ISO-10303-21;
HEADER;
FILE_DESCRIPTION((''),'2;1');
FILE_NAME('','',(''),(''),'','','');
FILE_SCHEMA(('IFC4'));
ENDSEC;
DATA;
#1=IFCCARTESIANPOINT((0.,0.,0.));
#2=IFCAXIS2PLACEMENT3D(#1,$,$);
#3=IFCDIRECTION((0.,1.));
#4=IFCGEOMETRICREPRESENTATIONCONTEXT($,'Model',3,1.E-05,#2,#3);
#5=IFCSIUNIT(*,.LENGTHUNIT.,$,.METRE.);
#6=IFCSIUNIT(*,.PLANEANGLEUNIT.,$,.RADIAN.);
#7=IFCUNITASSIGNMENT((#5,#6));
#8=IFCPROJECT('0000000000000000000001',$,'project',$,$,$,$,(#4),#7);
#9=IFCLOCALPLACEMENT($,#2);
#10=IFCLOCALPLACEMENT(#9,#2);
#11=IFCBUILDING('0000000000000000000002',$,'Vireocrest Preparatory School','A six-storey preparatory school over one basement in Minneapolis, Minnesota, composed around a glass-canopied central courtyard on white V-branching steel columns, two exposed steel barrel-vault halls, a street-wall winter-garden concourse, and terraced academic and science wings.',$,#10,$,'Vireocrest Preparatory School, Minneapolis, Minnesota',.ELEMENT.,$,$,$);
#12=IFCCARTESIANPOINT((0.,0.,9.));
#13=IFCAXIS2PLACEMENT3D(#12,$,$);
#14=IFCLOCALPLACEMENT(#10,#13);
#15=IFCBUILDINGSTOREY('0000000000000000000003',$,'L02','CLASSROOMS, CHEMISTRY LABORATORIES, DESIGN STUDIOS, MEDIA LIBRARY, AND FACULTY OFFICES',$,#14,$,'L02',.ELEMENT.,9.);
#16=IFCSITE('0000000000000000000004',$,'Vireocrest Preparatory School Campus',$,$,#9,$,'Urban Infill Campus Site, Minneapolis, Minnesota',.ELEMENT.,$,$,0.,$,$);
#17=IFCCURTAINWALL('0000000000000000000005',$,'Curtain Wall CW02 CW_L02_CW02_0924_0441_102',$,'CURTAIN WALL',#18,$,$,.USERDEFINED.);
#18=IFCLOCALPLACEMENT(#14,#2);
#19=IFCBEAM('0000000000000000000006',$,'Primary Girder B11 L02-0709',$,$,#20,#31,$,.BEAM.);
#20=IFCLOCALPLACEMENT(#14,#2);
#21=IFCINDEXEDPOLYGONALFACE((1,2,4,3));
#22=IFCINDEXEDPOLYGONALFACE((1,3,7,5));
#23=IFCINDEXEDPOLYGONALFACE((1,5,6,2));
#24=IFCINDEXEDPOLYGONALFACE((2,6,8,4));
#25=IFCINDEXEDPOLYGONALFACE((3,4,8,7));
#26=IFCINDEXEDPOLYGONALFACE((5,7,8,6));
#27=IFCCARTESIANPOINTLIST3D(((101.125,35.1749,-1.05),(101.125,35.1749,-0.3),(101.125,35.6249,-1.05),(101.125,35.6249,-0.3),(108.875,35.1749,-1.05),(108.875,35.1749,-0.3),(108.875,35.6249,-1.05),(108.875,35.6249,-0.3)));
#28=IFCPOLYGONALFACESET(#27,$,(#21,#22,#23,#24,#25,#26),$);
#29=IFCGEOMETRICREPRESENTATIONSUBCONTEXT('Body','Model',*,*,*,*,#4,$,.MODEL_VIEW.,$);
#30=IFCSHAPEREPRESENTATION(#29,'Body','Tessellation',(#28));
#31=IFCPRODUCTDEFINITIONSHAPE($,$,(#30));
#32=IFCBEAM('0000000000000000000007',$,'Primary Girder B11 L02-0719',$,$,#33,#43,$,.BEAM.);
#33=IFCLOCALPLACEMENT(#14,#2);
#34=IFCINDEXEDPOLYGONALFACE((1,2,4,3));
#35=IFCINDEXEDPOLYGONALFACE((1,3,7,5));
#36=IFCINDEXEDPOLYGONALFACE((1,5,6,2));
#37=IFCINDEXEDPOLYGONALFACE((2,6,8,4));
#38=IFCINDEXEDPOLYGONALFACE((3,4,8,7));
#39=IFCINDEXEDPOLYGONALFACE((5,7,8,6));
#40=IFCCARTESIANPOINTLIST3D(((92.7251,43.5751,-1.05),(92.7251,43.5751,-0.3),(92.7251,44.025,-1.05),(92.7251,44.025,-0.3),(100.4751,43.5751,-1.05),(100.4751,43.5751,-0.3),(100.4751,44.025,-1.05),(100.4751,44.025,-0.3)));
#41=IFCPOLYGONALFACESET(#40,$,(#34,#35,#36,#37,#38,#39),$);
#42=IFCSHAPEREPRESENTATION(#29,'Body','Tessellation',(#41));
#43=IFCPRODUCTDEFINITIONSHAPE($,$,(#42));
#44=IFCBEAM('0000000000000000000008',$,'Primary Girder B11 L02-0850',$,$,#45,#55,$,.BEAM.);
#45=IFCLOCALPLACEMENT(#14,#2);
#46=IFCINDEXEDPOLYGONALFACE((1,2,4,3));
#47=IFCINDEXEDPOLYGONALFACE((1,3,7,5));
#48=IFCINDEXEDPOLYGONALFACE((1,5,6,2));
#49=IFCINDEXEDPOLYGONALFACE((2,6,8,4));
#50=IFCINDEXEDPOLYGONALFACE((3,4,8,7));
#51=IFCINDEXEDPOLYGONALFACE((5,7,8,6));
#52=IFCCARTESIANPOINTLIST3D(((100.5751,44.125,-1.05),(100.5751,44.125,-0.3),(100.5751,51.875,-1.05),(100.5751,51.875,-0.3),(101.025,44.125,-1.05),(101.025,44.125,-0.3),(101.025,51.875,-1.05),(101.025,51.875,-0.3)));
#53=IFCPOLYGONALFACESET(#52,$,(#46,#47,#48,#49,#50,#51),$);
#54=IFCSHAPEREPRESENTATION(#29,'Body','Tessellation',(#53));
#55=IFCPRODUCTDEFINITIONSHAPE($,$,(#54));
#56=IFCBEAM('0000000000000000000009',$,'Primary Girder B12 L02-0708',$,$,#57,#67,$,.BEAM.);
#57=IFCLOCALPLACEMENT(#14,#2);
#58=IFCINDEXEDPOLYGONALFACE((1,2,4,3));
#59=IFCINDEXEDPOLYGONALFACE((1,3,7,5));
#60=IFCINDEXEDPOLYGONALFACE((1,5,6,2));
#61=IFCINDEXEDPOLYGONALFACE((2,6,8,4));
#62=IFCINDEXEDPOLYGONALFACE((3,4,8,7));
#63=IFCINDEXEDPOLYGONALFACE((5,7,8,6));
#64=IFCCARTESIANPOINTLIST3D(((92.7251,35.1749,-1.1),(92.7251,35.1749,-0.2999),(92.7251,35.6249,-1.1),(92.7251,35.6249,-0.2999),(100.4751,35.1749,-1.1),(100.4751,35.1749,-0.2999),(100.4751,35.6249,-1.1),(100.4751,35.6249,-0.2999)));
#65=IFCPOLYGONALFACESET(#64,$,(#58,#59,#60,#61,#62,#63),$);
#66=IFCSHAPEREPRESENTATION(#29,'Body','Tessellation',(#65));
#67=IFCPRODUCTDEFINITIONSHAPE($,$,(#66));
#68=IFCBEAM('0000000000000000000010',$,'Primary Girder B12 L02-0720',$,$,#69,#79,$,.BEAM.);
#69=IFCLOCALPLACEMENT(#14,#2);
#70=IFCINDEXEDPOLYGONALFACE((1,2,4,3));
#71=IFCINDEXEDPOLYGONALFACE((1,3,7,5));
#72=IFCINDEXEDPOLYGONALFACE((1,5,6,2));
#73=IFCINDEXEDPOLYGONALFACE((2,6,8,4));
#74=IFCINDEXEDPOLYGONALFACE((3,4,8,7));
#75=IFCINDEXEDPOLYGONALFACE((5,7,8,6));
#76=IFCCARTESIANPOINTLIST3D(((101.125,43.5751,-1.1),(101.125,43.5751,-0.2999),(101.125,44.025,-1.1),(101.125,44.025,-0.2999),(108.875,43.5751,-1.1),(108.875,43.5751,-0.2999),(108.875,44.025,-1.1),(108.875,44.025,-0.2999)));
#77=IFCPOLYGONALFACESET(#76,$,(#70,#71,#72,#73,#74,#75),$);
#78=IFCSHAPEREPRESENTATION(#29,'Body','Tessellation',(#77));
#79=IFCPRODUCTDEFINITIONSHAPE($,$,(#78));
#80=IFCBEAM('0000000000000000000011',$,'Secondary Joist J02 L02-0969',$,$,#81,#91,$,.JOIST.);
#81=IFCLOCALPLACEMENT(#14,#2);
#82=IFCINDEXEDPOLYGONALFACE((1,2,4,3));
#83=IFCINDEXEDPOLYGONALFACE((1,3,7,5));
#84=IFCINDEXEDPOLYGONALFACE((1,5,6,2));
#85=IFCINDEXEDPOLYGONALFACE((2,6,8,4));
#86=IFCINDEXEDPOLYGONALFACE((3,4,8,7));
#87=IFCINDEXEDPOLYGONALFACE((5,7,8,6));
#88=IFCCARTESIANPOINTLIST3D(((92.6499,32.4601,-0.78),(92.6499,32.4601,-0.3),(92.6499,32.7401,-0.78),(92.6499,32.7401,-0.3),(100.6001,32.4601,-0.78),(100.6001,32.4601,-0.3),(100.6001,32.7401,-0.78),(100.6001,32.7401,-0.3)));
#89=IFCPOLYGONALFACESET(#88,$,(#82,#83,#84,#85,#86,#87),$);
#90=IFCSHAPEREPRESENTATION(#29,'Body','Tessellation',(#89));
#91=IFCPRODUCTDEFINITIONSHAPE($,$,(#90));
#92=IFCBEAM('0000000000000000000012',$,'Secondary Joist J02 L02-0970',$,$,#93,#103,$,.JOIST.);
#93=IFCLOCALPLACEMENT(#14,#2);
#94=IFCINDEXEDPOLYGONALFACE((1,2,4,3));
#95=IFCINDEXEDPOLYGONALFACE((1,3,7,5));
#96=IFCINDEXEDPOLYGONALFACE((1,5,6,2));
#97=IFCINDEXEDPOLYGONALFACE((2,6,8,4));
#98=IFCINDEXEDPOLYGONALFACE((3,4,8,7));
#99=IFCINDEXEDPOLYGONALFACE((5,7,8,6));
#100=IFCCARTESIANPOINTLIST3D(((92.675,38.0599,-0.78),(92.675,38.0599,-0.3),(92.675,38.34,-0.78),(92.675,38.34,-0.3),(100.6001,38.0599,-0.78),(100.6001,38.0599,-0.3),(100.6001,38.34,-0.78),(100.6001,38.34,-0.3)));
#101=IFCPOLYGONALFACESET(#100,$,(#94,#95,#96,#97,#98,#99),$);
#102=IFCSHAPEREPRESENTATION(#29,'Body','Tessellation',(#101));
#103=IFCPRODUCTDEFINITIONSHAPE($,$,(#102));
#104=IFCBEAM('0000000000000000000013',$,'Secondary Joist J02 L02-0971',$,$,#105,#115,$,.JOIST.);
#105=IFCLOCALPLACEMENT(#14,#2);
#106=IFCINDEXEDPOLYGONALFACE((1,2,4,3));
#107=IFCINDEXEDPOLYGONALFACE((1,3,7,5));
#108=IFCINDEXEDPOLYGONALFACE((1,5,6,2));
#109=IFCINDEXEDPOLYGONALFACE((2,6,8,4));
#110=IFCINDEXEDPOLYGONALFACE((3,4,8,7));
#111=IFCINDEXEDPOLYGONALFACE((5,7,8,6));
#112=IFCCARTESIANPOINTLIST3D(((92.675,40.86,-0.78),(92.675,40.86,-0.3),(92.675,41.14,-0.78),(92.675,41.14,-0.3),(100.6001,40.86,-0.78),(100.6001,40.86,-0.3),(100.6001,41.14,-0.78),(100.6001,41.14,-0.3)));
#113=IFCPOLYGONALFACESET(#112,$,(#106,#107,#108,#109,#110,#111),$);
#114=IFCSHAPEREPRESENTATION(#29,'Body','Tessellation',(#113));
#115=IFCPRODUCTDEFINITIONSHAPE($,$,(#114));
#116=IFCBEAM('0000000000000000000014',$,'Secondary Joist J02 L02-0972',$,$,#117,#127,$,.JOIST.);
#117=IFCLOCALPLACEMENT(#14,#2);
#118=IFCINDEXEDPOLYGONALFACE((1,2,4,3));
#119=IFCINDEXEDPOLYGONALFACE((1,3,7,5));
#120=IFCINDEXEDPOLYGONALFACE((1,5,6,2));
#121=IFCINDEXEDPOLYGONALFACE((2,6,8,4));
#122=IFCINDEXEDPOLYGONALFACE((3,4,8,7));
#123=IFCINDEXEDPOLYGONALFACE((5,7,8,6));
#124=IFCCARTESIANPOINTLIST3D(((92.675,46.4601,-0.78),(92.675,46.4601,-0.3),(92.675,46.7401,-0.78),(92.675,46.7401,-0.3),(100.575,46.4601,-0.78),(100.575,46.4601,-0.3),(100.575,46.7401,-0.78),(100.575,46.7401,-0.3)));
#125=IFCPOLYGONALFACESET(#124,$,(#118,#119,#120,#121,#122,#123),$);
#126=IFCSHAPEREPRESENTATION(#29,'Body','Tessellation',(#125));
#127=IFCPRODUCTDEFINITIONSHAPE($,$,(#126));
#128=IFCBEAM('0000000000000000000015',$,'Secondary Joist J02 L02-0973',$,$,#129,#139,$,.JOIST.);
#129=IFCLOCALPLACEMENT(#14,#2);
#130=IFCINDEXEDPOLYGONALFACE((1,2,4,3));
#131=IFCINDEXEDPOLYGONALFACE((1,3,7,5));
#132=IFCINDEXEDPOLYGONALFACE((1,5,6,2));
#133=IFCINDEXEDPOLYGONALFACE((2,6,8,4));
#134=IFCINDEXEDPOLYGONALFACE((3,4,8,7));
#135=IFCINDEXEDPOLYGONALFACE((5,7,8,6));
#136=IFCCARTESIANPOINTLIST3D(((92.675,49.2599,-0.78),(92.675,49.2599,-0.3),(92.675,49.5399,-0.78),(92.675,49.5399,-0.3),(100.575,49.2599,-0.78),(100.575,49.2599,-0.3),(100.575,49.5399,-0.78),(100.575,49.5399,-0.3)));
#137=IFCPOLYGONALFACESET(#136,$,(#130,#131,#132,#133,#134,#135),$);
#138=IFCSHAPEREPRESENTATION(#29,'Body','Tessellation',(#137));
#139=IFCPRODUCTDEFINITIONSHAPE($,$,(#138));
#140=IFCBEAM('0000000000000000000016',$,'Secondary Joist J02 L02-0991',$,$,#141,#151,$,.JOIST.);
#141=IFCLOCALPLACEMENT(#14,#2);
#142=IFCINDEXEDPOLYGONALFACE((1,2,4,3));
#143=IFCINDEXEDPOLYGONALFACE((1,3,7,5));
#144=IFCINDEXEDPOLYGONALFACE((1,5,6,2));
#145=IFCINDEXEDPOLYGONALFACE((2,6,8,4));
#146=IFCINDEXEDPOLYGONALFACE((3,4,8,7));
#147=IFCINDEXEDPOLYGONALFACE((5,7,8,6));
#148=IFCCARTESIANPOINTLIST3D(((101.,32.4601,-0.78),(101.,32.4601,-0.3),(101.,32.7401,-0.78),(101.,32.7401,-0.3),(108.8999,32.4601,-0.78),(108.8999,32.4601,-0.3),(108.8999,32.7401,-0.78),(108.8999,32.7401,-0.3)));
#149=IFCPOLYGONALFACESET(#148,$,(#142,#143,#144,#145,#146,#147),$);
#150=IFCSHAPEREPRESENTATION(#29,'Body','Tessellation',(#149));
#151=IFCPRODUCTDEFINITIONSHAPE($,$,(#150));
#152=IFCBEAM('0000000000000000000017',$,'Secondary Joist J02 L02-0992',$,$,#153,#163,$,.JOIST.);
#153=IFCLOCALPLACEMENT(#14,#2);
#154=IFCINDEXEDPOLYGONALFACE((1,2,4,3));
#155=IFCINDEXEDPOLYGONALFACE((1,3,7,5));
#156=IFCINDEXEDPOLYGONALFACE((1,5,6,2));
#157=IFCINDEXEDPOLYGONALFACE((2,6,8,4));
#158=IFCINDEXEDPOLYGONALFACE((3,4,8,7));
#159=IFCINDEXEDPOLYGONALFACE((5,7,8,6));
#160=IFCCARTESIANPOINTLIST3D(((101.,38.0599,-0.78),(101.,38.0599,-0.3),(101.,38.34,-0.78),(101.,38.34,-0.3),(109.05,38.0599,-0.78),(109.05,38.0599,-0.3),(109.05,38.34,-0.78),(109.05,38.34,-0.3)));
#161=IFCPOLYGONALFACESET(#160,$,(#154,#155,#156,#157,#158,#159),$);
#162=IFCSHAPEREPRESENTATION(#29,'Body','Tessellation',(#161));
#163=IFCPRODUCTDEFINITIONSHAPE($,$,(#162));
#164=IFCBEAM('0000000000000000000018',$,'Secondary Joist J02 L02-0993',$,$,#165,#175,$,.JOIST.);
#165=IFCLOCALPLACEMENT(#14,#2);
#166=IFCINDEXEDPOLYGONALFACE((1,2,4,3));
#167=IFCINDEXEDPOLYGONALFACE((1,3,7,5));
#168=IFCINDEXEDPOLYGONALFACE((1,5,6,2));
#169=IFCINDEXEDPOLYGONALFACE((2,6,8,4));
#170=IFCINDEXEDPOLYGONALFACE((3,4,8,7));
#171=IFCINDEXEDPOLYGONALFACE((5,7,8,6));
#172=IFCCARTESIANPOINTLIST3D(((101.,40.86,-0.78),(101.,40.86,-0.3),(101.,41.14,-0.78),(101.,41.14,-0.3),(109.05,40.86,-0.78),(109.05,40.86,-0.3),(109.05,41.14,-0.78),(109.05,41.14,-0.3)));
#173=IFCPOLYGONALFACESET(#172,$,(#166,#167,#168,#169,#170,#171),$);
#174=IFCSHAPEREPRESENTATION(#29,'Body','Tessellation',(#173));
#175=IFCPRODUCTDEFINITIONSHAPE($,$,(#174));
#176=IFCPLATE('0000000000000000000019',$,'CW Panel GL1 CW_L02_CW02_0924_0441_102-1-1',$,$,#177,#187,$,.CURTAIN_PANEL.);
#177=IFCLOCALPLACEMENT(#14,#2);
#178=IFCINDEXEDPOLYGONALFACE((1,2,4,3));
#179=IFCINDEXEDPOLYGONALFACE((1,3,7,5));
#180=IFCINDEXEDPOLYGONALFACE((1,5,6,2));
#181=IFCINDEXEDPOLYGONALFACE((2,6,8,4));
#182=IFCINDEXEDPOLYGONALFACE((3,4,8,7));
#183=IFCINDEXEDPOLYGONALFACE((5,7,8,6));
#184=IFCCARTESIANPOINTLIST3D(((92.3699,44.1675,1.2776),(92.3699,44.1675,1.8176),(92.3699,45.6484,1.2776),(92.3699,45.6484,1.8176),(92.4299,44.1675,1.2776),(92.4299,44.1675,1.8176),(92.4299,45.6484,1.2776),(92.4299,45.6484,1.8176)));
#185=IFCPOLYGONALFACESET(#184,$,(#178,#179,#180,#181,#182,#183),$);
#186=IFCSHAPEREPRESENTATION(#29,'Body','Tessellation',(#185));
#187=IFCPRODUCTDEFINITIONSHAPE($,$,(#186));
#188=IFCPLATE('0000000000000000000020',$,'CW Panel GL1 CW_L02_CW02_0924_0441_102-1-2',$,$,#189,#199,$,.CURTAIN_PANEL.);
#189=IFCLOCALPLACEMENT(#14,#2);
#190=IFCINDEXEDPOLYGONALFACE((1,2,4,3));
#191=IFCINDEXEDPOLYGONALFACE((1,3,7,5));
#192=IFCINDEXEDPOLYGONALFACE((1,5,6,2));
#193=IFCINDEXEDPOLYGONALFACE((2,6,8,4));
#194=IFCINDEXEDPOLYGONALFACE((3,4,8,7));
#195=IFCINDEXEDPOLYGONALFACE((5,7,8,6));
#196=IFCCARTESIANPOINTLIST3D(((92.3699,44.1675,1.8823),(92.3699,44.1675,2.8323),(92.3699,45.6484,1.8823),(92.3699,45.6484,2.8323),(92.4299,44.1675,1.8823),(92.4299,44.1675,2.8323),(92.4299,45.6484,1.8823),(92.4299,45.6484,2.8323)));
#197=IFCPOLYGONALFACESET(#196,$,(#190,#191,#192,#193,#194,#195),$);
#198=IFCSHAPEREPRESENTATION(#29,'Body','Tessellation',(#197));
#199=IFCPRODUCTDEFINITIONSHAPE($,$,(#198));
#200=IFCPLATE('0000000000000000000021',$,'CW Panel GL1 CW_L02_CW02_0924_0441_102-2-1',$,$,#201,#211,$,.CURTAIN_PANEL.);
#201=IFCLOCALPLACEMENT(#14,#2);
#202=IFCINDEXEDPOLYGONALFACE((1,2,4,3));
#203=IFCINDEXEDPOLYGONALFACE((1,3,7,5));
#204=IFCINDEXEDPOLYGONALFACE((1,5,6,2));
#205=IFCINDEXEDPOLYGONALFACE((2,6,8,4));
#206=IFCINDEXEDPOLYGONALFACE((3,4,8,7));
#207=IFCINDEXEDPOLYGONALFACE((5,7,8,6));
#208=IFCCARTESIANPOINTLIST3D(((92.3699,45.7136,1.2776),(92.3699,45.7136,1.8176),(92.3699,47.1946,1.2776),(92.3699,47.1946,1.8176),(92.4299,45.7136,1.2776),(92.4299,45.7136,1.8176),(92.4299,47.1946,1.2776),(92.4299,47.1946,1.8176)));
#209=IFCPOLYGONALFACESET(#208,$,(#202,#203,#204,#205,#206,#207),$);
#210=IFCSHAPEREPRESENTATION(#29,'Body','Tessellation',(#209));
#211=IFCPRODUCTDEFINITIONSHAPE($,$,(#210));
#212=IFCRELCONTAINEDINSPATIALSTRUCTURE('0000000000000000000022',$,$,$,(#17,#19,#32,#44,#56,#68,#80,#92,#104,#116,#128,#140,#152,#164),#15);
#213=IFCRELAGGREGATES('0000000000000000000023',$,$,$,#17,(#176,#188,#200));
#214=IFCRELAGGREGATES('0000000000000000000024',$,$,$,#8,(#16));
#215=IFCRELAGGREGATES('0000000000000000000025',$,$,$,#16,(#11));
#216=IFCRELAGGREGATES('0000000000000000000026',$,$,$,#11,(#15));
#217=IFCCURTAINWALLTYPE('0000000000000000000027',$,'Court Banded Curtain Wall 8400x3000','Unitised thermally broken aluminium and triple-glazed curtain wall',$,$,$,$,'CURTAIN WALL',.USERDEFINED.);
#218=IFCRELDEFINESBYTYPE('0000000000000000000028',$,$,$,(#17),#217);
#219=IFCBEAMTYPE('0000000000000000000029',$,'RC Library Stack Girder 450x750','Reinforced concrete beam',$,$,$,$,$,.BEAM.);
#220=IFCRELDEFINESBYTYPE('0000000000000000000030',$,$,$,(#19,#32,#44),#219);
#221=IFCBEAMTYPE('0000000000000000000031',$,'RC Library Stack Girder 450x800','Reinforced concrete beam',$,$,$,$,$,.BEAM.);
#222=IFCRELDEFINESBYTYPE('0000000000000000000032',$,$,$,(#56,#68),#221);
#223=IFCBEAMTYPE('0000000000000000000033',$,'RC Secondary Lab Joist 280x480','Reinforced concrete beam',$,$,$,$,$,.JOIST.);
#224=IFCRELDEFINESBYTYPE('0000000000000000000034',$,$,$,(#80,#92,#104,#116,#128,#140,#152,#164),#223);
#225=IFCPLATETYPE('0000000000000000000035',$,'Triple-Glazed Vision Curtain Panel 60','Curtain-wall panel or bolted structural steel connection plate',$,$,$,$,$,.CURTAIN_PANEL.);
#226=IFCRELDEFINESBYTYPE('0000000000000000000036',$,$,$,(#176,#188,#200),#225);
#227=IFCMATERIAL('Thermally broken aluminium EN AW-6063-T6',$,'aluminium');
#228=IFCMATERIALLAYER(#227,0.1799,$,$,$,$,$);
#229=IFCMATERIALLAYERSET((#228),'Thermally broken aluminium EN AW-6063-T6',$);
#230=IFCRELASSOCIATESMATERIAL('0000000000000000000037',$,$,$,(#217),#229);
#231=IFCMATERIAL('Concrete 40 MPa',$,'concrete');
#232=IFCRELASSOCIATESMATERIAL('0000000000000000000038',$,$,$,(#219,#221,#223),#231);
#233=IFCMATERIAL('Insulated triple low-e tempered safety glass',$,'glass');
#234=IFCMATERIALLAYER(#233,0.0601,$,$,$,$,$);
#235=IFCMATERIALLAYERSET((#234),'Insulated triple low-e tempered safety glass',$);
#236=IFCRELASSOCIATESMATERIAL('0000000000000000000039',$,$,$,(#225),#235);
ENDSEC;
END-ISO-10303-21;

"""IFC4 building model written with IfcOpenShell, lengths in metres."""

from ifc_helpers import new_model, si_unit, direction, frame, origin, origin_2d, place, context, subcontext, project, spatial, rectangle, extrude, material, layer, layer_set, material_profile, profile_set, type_object, element, aggregate, save


model = new_model("IFC4")

# Units and contexts
model_context = context("Model", 3, precision=1e-05, world=origin(), true_north=direction((0.0, 1.0)))
body_context = subcontext(model_context, "Body", "Model", "MODEL_VIEW")
ifc_project = project(units=[si_unit("LENGTHUNIT", "METRE"), si_unit("PLANEANGLEUNIT", "RADIAN")], contexts=[model_context])

# Site, building, storey
site_placement = place(None, origin())
site = spatial("IfcSite", under=ifc_project, at=site_placement, Name="Vireocrest Preparatory School Campus", LongName="Urban Infill Campus Site, Minneapolis, Minnesota", CompositionType="ELEMENT", RefElevation=0.0)
building_placement = place(site_placement, origin())
building = spatial("IfcBuilding", under=site, at=building_placement, Name="Vireocrest Preparatory School", Description="A six-storey preparatory school over one basement in Minneapolis, Minnesota, composed around a glass-canopied central courtyard on white V-branching steel columns, two exposed steel barrel-vault halls, a street-wall winter-garden concourse, and terraced academic and science wings.", LongName="Vireocrest Preparatory School, Minneapolis, Minnesota", CompositionType="ELEMENT")
storey_placement = place(building_placement, frame((0.0, 0.0, 9.0)))
storey = spatial("IfcBuildingStorey", under=building, at=storey_placement, Name="L02", Description="CLASSROOMS, CHEMISTRY LABORATORIES, DESIGN STUDIOS, MEDIA LIBRARY, AND FACULTY OFFICES", LongName="L02", CompositionType="ELEMENT", Elevation=9.0)

# Curtain wall
ifc_material_1 = material(Name="Thermally broken aluminium EN AW-6063-T6", Category="aluminium")
ifc_layer_1 = layer(ifc_material_1, 0.1799)
ifc_layer_set_1 = layer_set([ifc_layer_1], Name="Thermally broken aluminium EN AW-6063-T6")
curtain_wall_type = type_object("IfcCurtainWallType", Name="Court Banded Curtain Wall 8400x3000", Description="Unitised thermally broken aluminium and triple-glazed curtain wall", ElementType="CURTAIN WALL", PredefinedType="USERDEFINED", material=ifc_layer_set_1)
curtain_wall_placement = place(storey_placement, origin())
curtain_wall = element("IfcCurtainWall", 1, at=curtain_wall_placement, inside=storey, type_object=curtain_wall_type, Name="Curtain Wall CW02 CW_L02_CW02_0924_0441_102", ObjectType="CURTAIN WALL", PredefinedType="USERDEFINED")

# Beams
ifc_material_2 = material(Name="Concrete 40 MPa", Category="concrete")
ifc_material_profile_1 = material_profile(ifc_material_2, rectangle(XDim=0.45, YDim=0.75, at=origin_2d()), Name="RC 450x750")
ifc_profile_set_1 = profile_set([ifc_material_profile_1], Name="Concrete 40 MPa")
beam_type_1 = type_object("IfcBeamType", Name="RC Library Stack Girder 450x750", Description="Reinforced concrete beam", PredefinedType="BEAM", material=ifc_profile_set_1)
for number, where, z_axis, x_axis, name in (
    (2, (101.125, 35.3999, -0.675), (1.0, 0.0, 0.0), (0.0, 1.0, 0.0), "Primary Girder B11 L02-0709"),
    (3, (92.7251, 43.8, -0.675), (1.0, 0.0, 0.0), (0.0, 1.0, 0.0), "Primary Girder B11 L02-0719"),
    (4, (100.8, 44.125, -0.675), (0.0, 1.0, 0.0), (-1.0, 0.0, 0.0), "Primary Girder B11 L02-0850"),
):
    element("IfcBeam", number, at=place(storey_placement, frame(where, z_axis=z_axis, x_axis=x_axis)), inside=storey, type_object=beam_type_1, Name=name, PredefinedType="BEAM", context=body_context, shape_type="SweptSolid", body=[
        extrude(rectangle(XDim=0.45, YDim=0.75, at=origin_2d()), origin(), (0.0, 0.0, 1.0), 7.75),
    ])
ifc_material_profile_2 = material_profile(ifc_material_2, rectangle(XDim=0.45, YDim=0.8, at=origin_2d()), Name="RC 450x800")
ifc_profile_set_2 = profile_set([ifc_material_profile_2], Name="Concrete 40 MPa")
beam_type_2 = type_object("IfcBeamType", Name="RC Library Stack Girder 450x800", Description="Reinforced concrete beam", PredefinedType="BEAM", material=ifc_profile_set_2)
for number, where, z_axis, x_axis, name in (
    (5, (92.7251, 35.3999, -0.7), (1.0, 0.0, 0.0), (0.0, 1.0, 0.0), "Primary Girder B12 L02-0708"),
    (6, (101.125, 43.8, -0.7), (1.0, 0.0, 0.0), (0.0, 1.0, 0.0), "Primary Girder B12 L02-0720"),
):
    element("IfcBeam", number, at=place(storey_placement, frame(where, z_axis=z_axis, x_axis=x_axis)), inside=storey, type_object=beam_type_2, Name=name, PredefinedType="BEAM", context=body_context, shape_type="SweptSolid", body=[
        extrude(rectangle(XDim=0.45, YDim=0.8, at=origin_2d()), origin(), (0.0, 0.0, 1.0), 7.75),
    ])
ifc_material_profile_3 = material_profile(ifc_material_2, rectangle(XDim=0.28, YDim=0.48, at=origin_2d()), Name="RC 280x480")
ifc_profile_set_3 = profile_set([ifc_material_profile_3], Name="Concrete 40 MPa")
beam_type_3 = type_object("IfcBeamType", Name="RC Secondary Lab Joist 280x480", Description="Reinforced concrete beam", PredefinedType="JOIST", material=ifc_profile_set_3)
beam_1_placement = place(storey_placement, frame((92.6499, 32.6001, -0.54), z_axis=(1.0, 0.0, 0.0), x_axis=(0.0, 1.0, 0.0)))
element("IfcBeam", 7, at=beam_1_placement, inside=storey, type_object=beam_type_3, Name="Secondary Joist J02 L02-0969", PredefinedType="JOIST", context=body_context, shape_type="SweptSolid", body=[
    extrude(rectangle(XDim=0.28, YDim=0.48, at=origin_2d()), origin(), (0.0, 0.0, 1.0), 7.9502),
])
for number, where, z_axis, x_axis, name in (
    (8, (92.675, 38.2, -0.54), (1.0, 0.0, 0.0), (0.0, 1.0, 0.0), "Secondary Joist J02 L02-0970"),
    (9, (92.675, 41.0, -0.54), (1.0, 0.0, 0.0), (0.0, 1.0, 0.0), "Secondary Joist J02 L02-0971"),
):
    element("IfcBeam", number, at=place(storey_placement, frame(where, z_axis=z_axis, x_axis=x_axis)), inside=storey, type_object=beam_type_3, Name=name, PredefinedType="JOIST", context=body_context, shape_type="SweptSolid", body=[
        extrude(rectangle(XDim=0.28, YDim=0.48, at=origin_2d()), origin(), (0.0, 0.0, 1.0), 7.925),
    ])
for number, where, z_axis, x_axis, name in (
    (10, (92.675, 46.6001, -0.54), (1.0, 0.0, 0.0), (0.0, 1.0, 0.0), "Secondary Joist J02 L02-0972"),
    (11, (92.675, 49.3999, -0.54), (1.0, 0.0, 0.0), (0.0, 1.0, 0.0), "Secondary Joist J02 L02-0973"),
    (12, (101.0, 32.6001, -0.54), (1.0, 0.0, 0.0), (0.0, 1.0, 0.0), "Secondary Joist J02 L02-0991"),
):
    element("IfcBeam", number, at=place(storey_placement, frame(where, z_axis=z_axis, x_axis=x_axis)), inside=storey, type_object=beam_type_3, Name=name, PredefinedType="JOIST", context=body_context, shape_type="SweptSolid", body=[
        extrude(rectangle(XDim=0.28, YDim=0.48, at=origin_2d()), origin(), (0.0, 0.0, 1.0), 7.8999),
    ])
for number, where, z_axis, x_axis, name in (
    (13, (101.0, 38.2, -0.54), (1.0, 0.0, 0.0), (0.0, 1.0, 0.0), "Secondary Joist J02 L02-0992"),
    (14, (101.0, 41.0, -0.54), (1.0, 0.0, 0.0), (0.0, 1.0, 0.0), "Secondary Joist J02 L02-0993"),
):
    element("IfcBeam", number, at=place(storey_placement, frame(where, z_axis=z_axis, x_axis=x_axis)), inside=storey, type_object=beam_type_3, Name=name, PredefinedType="JOIST", context=body_context, shape_type="SweptSolid", body=[
        extrude(rectangle(XDim=0.28, YDim=0.48, at=origin_2d()), origin(), (0.0, 0.0, 1.0), 8.05),
    ])

# Plates
ifc_material_3 = material(Name="Insulated triple low-e tempered safety glass", Category="glass")
ifc_layer_2 = layer(ifc_material_3, 0.0601)
ifc_layer_set_2 = layer_set([ifc_layer_2], Name="Insulated triple low-e tempered safety glass")
plate_type = type_object("IfcPlateType", Name="Triple-Glazed Vision Curtain Panel 60", Description="Curtain-wall panel or bolted structural steel connection plate", PredefinedType="CURTAIN_PANEL", material=ifc_layer_set_2)
plate_1_placement = place(storey_placement, frame((92.3999, 44.908, 1.2776), z_axis=(0.0, 0.0, 1.0), x_axis=(0.0, 1.0, 0.0)))
plate_1 = element("IfcPlate", 15, at=plate_1_placement, type_object=plate_type, Name="CW Panel GL1 CW_L02_CW02_0924_0441_102-1-1", PredefinedType="CURTAIN_PANEL", context=body_context, shape_type="SweptSolid", body=[
    extrude(rectangle(XDim=1.481, YDim=0.0601, at=origin_2d()), origin(), (0.0, 0.0, 1.0), 0.54),
])
plate_2_placement = place(storey_placement, frame((92.3999, 44.908, 1.8823), z_axis=(0.0, 0.0, 1.0), x_axis=(0.0, 1.0, 0.0)))
plate_2 = element("IfcPlate", 16, at=plate_2_placement, type_object=plate_type, Name="CW Panel GL1 CW_L02_CW02_0924_0441_102-1-2", PredefinedType="CURTAIN_PANEL", context=body_context, shape_type="SweptSolid", body=[
    extrude(rectangle(XDim=1.481, YDim=0.0601, at=origin_2d()), origin(), (0.0, 0.0, 1.0), 0.95),
])
plate_3_placement = place(storey_placement, frame((92.3999, 46.4541, 1.2776), z_axis=(0.0, 0.0, 1.0), x_axis=(0.0, 1.0, 0.0)))
plate_3 = element("IfcPlate", 17, at=plate_3_placement, type_object=plate_type, Name="CW Panel GL1 CW_L02_CW02_0924_0441_102-2-1", PredefinedType="CURTAIN_PANEL", context=body_context, shape_type="SweptSolid", body=[
    extrude(rectangle(XDim=1.481, YDim=0.0601, at=origin_2d()), origin(), (0.0, 0.0, 1.0), 0.54),
])
aggregate(curtain_wall, [plate_1, plate_2, plate_3])

save(model, "model.ifc")
